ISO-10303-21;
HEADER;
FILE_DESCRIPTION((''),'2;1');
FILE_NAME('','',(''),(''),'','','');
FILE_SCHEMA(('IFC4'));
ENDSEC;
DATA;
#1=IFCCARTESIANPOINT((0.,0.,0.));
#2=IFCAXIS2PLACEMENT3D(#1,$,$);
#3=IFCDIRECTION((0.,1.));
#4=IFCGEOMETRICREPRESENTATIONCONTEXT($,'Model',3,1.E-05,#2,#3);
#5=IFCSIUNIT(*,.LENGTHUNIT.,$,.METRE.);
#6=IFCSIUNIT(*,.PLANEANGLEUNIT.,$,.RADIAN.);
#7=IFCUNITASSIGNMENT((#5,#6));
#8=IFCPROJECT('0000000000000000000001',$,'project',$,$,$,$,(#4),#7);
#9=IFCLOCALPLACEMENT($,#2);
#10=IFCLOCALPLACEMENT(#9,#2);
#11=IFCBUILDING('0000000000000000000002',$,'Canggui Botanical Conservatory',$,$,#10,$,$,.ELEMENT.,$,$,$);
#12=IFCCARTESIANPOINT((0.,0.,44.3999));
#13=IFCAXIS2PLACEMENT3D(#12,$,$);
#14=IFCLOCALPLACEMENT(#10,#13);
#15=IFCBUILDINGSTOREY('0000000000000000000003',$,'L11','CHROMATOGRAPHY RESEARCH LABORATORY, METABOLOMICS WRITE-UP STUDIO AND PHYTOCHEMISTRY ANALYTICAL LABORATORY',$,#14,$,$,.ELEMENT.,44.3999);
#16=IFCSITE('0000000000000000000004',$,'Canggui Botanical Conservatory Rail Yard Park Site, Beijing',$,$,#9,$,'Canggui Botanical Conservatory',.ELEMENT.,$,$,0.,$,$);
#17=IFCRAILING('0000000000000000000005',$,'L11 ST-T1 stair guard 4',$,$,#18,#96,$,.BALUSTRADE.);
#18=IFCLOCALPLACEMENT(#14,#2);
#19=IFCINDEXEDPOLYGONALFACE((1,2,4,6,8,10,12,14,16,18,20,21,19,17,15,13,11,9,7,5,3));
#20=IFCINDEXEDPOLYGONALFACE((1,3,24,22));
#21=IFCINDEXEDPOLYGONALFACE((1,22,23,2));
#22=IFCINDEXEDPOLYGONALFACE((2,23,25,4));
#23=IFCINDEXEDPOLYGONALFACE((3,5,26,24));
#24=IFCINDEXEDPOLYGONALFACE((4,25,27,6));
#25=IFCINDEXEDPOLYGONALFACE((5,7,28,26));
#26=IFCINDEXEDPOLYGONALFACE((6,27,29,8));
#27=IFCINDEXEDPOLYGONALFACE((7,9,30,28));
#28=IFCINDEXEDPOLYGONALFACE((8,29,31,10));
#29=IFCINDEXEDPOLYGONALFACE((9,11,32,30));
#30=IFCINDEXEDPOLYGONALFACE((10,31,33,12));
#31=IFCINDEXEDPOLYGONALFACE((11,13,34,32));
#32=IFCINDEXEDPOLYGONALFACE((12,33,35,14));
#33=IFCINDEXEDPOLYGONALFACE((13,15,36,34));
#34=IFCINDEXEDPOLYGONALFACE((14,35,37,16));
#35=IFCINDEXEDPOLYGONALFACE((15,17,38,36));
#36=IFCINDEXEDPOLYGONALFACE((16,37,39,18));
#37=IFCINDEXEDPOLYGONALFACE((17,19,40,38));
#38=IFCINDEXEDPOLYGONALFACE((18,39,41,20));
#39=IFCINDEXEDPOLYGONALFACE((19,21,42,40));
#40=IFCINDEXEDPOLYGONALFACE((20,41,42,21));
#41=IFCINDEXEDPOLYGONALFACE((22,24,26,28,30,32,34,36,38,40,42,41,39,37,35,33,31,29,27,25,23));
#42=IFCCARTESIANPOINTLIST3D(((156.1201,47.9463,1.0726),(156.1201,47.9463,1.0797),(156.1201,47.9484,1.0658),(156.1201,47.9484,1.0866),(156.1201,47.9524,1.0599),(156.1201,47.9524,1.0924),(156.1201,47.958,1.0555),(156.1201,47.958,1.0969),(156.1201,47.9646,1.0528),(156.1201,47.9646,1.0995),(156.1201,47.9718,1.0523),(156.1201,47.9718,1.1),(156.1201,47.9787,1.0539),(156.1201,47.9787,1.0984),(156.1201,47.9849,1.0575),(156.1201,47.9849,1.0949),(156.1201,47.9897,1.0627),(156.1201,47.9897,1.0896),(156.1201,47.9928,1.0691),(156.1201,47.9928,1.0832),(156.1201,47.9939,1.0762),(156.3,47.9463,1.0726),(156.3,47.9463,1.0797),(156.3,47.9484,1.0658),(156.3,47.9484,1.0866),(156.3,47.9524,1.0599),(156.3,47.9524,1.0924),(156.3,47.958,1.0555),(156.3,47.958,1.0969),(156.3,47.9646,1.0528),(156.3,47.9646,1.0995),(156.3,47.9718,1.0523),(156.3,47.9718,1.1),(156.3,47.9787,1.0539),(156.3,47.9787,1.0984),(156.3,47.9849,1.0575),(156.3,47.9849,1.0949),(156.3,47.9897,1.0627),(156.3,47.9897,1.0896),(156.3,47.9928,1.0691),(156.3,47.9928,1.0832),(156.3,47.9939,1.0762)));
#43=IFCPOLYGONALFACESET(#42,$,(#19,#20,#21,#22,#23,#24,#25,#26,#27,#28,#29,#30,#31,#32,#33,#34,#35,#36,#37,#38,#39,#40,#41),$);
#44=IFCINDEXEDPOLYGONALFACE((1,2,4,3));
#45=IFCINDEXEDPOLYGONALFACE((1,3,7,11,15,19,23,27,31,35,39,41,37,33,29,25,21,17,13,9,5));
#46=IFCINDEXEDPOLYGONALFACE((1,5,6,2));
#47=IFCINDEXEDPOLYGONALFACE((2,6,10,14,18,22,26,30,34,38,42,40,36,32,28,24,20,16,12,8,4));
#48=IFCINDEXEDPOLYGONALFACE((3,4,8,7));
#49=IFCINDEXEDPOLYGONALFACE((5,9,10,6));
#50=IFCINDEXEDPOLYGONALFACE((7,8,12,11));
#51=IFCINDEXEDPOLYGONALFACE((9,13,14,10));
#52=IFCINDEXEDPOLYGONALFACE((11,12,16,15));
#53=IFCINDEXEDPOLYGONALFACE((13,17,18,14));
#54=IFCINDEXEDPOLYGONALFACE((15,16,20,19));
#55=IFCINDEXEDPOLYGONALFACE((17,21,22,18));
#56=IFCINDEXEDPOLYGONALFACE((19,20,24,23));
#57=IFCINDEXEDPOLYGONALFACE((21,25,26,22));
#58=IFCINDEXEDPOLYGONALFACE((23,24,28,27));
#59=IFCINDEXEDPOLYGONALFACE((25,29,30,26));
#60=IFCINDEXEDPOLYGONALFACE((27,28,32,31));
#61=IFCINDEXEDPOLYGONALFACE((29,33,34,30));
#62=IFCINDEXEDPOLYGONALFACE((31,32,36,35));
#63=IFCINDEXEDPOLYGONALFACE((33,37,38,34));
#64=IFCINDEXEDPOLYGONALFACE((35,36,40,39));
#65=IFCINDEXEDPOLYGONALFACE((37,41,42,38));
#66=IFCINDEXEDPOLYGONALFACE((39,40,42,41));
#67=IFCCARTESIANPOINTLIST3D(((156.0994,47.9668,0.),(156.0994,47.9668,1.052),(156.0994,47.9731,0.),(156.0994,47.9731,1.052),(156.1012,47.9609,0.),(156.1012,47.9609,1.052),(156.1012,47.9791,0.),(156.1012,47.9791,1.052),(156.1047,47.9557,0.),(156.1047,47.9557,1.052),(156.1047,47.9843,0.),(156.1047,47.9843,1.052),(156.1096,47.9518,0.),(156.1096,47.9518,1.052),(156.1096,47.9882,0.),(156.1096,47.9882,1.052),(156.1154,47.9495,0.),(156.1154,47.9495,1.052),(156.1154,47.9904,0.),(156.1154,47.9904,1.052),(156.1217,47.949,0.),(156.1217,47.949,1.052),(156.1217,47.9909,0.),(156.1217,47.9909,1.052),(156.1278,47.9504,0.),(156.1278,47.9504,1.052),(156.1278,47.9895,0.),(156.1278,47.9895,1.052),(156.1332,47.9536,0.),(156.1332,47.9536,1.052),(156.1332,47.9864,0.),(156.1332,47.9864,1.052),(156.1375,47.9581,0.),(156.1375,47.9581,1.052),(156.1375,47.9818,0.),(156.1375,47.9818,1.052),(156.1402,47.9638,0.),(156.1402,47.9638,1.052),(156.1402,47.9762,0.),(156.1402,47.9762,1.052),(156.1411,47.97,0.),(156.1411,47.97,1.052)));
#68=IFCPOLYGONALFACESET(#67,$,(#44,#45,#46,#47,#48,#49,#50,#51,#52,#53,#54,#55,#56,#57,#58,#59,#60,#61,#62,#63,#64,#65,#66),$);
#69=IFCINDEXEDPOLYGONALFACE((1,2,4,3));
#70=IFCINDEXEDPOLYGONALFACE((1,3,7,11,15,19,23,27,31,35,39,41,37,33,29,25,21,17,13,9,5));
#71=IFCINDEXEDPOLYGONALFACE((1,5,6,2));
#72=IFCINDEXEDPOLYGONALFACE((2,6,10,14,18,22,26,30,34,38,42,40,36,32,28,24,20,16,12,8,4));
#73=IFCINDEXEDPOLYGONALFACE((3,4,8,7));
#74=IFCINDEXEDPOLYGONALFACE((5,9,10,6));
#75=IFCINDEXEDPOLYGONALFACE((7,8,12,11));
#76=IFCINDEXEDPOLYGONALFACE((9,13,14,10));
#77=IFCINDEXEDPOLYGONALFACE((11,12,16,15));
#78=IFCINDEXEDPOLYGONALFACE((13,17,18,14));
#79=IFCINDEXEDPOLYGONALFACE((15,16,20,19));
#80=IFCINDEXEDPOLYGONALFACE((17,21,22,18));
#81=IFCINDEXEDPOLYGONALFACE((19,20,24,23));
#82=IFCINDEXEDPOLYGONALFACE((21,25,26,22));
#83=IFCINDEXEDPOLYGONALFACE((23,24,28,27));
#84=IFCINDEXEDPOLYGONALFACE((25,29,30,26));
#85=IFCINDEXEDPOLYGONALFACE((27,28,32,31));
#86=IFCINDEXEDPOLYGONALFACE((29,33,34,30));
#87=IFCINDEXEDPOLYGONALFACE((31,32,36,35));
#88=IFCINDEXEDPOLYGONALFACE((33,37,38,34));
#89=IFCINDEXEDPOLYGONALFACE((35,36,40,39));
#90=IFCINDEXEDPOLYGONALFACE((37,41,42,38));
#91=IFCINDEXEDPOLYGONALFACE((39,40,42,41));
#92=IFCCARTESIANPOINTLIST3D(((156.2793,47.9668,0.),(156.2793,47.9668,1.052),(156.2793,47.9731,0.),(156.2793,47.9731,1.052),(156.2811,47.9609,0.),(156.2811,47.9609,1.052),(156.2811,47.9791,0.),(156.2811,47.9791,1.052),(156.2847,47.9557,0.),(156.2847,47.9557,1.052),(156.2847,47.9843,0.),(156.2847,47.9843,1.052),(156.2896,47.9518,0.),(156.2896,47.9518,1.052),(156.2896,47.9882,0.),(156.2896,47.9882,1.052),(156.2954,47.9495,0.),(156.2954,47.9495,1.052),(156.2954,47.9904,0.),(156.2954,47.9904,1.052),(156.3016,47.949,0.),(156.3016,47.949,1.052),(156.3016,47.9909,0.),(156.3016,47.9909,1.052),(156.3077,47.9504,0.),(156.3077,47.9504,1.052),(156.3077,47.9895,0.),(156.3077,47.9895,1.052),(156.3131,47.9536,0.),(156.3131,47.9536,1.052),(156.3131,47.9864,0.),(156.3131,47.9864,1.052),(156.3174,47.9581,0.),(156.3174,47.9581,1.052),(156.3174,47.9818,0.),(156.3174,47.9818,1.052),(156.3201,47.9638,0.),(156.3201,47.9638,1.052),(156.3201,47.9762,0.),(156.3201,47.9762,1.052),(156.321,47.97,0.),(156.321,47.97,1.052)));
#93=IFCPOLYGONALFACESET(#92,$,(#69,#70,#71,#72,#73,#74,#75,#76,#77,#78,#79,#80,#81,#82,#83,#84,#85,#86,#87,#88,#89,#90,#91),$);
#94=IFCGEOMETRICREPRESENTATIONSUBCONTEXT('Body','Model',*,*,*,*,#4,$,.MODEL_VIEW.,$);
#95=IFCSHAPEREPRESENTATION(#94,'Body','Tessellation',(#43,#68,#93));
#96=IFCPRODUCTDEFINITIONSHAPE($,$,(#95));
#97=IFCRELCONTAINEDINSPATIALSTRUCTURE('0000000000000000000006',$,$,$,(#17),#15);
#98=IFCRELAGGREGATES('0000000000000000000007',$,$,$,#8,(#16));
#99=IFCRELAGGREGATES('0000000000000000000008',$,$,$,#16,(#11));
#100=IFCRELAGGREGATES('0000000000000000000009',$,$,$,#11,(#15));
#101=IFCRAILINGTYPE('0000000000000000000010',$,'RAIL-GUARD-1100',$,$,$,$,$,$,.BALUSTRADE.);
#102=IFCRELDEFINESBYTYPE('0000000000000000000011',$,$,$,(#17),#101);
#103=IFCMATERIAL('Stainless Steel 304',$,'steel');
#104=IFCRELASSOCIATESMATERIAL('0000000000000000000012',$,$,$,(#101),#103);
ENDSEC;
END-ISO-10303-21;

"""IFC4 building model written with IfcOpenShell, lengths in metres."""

from ifc_helpers import new_model, si_unit, direction, frame, origin, origin_2d, place, context, subcontext, project, spatial, circle, extrude, material, type_object, element, save


model = new_model("IFC4")

# Units and contexts
model_context = context("Model", 3, precision=1e-05, world=origin(), true_north=direction((0.0, 1.0)))
body_context = subcontext(model_context, "Body", "Model", "MODEL_VIEW")
ifc_project = project(units=[si_unit("LENGTHUNIT", "METRE"), si_unit("PLANEANGLEUNIT", "RADIAN")], contexts=[model_context])

# Site, building, storey
site_placement = place(None, origin())
site = spatial("IfcSite", under=ifc_project, at=site_placement, Name="Canggui Botanical Conservatory Rail Yard Park Site, Beijing", LongName="Canggui Botanical Conservatory", CompositionType="ELEMENT", RefElevation=0.0)
building_placement = place(site_placement, origin())
building = spatial("IfcBuilding", under=site, at=building_placement, Name="Canggui Botanical Conservatory", CompositionType="ELEMENT")
storey_placement = place(building_placement, frame((0.0, 0.0, 44.3999)))
storey = spatial("IfcBuildingStorey", under=building, at=storey_placement, Name="L11", Description="CHROMATOGRAPHY RESEARCH LABORATORY, METABOLOMICS WRITE-UP STUDIO AND PHYTOCHEMISTRY ANALYTICAL LABORATORY", CompositionType="ELEMENT", Elevation=44.3999)

# Railing
ifc_material_1 = material(Name="Stainless Steel 304", Category="steel")
railing_type_1 = type_object("IfcRailingType", Name="RAIL-GUARD-1100", PredefinedType="BALUSTRADE", material=ifc_material_1)
railing_1_placement = place(storey_placement, frame((156.1201, 47.97, 0.0)))
element("IfcRailing", 1, at=railing_1_placement, inside=storey, type_object=railing_type_1, Name="L11 ST-T1 stair guard 4", PredefinedType="BALUSTRADE", context=body_context, shape_type="SweptSolid", body=[
    extrude(circle(Radius=0.0239, at=origin_2d()), frame((0.0, 0.0, 1.0762), z_axis=(1.0, 0.0, 0.0), x_axis=(0.0, 1.0, 0.0)), (0.0, 0.0, 1.0), 0.1799),
    extrude(circle(Radius=0.021, at=origin_2d()), origin(), (0.0, 0.0, 1.0), 1.052),
    extrude(circle(Radius=0.021, at=origin_2d()), frame((0.1799, 0.0, 0.0)), (0.0, 0.0, 1.0), 1.052),
])

save(model, "model.ifc")
